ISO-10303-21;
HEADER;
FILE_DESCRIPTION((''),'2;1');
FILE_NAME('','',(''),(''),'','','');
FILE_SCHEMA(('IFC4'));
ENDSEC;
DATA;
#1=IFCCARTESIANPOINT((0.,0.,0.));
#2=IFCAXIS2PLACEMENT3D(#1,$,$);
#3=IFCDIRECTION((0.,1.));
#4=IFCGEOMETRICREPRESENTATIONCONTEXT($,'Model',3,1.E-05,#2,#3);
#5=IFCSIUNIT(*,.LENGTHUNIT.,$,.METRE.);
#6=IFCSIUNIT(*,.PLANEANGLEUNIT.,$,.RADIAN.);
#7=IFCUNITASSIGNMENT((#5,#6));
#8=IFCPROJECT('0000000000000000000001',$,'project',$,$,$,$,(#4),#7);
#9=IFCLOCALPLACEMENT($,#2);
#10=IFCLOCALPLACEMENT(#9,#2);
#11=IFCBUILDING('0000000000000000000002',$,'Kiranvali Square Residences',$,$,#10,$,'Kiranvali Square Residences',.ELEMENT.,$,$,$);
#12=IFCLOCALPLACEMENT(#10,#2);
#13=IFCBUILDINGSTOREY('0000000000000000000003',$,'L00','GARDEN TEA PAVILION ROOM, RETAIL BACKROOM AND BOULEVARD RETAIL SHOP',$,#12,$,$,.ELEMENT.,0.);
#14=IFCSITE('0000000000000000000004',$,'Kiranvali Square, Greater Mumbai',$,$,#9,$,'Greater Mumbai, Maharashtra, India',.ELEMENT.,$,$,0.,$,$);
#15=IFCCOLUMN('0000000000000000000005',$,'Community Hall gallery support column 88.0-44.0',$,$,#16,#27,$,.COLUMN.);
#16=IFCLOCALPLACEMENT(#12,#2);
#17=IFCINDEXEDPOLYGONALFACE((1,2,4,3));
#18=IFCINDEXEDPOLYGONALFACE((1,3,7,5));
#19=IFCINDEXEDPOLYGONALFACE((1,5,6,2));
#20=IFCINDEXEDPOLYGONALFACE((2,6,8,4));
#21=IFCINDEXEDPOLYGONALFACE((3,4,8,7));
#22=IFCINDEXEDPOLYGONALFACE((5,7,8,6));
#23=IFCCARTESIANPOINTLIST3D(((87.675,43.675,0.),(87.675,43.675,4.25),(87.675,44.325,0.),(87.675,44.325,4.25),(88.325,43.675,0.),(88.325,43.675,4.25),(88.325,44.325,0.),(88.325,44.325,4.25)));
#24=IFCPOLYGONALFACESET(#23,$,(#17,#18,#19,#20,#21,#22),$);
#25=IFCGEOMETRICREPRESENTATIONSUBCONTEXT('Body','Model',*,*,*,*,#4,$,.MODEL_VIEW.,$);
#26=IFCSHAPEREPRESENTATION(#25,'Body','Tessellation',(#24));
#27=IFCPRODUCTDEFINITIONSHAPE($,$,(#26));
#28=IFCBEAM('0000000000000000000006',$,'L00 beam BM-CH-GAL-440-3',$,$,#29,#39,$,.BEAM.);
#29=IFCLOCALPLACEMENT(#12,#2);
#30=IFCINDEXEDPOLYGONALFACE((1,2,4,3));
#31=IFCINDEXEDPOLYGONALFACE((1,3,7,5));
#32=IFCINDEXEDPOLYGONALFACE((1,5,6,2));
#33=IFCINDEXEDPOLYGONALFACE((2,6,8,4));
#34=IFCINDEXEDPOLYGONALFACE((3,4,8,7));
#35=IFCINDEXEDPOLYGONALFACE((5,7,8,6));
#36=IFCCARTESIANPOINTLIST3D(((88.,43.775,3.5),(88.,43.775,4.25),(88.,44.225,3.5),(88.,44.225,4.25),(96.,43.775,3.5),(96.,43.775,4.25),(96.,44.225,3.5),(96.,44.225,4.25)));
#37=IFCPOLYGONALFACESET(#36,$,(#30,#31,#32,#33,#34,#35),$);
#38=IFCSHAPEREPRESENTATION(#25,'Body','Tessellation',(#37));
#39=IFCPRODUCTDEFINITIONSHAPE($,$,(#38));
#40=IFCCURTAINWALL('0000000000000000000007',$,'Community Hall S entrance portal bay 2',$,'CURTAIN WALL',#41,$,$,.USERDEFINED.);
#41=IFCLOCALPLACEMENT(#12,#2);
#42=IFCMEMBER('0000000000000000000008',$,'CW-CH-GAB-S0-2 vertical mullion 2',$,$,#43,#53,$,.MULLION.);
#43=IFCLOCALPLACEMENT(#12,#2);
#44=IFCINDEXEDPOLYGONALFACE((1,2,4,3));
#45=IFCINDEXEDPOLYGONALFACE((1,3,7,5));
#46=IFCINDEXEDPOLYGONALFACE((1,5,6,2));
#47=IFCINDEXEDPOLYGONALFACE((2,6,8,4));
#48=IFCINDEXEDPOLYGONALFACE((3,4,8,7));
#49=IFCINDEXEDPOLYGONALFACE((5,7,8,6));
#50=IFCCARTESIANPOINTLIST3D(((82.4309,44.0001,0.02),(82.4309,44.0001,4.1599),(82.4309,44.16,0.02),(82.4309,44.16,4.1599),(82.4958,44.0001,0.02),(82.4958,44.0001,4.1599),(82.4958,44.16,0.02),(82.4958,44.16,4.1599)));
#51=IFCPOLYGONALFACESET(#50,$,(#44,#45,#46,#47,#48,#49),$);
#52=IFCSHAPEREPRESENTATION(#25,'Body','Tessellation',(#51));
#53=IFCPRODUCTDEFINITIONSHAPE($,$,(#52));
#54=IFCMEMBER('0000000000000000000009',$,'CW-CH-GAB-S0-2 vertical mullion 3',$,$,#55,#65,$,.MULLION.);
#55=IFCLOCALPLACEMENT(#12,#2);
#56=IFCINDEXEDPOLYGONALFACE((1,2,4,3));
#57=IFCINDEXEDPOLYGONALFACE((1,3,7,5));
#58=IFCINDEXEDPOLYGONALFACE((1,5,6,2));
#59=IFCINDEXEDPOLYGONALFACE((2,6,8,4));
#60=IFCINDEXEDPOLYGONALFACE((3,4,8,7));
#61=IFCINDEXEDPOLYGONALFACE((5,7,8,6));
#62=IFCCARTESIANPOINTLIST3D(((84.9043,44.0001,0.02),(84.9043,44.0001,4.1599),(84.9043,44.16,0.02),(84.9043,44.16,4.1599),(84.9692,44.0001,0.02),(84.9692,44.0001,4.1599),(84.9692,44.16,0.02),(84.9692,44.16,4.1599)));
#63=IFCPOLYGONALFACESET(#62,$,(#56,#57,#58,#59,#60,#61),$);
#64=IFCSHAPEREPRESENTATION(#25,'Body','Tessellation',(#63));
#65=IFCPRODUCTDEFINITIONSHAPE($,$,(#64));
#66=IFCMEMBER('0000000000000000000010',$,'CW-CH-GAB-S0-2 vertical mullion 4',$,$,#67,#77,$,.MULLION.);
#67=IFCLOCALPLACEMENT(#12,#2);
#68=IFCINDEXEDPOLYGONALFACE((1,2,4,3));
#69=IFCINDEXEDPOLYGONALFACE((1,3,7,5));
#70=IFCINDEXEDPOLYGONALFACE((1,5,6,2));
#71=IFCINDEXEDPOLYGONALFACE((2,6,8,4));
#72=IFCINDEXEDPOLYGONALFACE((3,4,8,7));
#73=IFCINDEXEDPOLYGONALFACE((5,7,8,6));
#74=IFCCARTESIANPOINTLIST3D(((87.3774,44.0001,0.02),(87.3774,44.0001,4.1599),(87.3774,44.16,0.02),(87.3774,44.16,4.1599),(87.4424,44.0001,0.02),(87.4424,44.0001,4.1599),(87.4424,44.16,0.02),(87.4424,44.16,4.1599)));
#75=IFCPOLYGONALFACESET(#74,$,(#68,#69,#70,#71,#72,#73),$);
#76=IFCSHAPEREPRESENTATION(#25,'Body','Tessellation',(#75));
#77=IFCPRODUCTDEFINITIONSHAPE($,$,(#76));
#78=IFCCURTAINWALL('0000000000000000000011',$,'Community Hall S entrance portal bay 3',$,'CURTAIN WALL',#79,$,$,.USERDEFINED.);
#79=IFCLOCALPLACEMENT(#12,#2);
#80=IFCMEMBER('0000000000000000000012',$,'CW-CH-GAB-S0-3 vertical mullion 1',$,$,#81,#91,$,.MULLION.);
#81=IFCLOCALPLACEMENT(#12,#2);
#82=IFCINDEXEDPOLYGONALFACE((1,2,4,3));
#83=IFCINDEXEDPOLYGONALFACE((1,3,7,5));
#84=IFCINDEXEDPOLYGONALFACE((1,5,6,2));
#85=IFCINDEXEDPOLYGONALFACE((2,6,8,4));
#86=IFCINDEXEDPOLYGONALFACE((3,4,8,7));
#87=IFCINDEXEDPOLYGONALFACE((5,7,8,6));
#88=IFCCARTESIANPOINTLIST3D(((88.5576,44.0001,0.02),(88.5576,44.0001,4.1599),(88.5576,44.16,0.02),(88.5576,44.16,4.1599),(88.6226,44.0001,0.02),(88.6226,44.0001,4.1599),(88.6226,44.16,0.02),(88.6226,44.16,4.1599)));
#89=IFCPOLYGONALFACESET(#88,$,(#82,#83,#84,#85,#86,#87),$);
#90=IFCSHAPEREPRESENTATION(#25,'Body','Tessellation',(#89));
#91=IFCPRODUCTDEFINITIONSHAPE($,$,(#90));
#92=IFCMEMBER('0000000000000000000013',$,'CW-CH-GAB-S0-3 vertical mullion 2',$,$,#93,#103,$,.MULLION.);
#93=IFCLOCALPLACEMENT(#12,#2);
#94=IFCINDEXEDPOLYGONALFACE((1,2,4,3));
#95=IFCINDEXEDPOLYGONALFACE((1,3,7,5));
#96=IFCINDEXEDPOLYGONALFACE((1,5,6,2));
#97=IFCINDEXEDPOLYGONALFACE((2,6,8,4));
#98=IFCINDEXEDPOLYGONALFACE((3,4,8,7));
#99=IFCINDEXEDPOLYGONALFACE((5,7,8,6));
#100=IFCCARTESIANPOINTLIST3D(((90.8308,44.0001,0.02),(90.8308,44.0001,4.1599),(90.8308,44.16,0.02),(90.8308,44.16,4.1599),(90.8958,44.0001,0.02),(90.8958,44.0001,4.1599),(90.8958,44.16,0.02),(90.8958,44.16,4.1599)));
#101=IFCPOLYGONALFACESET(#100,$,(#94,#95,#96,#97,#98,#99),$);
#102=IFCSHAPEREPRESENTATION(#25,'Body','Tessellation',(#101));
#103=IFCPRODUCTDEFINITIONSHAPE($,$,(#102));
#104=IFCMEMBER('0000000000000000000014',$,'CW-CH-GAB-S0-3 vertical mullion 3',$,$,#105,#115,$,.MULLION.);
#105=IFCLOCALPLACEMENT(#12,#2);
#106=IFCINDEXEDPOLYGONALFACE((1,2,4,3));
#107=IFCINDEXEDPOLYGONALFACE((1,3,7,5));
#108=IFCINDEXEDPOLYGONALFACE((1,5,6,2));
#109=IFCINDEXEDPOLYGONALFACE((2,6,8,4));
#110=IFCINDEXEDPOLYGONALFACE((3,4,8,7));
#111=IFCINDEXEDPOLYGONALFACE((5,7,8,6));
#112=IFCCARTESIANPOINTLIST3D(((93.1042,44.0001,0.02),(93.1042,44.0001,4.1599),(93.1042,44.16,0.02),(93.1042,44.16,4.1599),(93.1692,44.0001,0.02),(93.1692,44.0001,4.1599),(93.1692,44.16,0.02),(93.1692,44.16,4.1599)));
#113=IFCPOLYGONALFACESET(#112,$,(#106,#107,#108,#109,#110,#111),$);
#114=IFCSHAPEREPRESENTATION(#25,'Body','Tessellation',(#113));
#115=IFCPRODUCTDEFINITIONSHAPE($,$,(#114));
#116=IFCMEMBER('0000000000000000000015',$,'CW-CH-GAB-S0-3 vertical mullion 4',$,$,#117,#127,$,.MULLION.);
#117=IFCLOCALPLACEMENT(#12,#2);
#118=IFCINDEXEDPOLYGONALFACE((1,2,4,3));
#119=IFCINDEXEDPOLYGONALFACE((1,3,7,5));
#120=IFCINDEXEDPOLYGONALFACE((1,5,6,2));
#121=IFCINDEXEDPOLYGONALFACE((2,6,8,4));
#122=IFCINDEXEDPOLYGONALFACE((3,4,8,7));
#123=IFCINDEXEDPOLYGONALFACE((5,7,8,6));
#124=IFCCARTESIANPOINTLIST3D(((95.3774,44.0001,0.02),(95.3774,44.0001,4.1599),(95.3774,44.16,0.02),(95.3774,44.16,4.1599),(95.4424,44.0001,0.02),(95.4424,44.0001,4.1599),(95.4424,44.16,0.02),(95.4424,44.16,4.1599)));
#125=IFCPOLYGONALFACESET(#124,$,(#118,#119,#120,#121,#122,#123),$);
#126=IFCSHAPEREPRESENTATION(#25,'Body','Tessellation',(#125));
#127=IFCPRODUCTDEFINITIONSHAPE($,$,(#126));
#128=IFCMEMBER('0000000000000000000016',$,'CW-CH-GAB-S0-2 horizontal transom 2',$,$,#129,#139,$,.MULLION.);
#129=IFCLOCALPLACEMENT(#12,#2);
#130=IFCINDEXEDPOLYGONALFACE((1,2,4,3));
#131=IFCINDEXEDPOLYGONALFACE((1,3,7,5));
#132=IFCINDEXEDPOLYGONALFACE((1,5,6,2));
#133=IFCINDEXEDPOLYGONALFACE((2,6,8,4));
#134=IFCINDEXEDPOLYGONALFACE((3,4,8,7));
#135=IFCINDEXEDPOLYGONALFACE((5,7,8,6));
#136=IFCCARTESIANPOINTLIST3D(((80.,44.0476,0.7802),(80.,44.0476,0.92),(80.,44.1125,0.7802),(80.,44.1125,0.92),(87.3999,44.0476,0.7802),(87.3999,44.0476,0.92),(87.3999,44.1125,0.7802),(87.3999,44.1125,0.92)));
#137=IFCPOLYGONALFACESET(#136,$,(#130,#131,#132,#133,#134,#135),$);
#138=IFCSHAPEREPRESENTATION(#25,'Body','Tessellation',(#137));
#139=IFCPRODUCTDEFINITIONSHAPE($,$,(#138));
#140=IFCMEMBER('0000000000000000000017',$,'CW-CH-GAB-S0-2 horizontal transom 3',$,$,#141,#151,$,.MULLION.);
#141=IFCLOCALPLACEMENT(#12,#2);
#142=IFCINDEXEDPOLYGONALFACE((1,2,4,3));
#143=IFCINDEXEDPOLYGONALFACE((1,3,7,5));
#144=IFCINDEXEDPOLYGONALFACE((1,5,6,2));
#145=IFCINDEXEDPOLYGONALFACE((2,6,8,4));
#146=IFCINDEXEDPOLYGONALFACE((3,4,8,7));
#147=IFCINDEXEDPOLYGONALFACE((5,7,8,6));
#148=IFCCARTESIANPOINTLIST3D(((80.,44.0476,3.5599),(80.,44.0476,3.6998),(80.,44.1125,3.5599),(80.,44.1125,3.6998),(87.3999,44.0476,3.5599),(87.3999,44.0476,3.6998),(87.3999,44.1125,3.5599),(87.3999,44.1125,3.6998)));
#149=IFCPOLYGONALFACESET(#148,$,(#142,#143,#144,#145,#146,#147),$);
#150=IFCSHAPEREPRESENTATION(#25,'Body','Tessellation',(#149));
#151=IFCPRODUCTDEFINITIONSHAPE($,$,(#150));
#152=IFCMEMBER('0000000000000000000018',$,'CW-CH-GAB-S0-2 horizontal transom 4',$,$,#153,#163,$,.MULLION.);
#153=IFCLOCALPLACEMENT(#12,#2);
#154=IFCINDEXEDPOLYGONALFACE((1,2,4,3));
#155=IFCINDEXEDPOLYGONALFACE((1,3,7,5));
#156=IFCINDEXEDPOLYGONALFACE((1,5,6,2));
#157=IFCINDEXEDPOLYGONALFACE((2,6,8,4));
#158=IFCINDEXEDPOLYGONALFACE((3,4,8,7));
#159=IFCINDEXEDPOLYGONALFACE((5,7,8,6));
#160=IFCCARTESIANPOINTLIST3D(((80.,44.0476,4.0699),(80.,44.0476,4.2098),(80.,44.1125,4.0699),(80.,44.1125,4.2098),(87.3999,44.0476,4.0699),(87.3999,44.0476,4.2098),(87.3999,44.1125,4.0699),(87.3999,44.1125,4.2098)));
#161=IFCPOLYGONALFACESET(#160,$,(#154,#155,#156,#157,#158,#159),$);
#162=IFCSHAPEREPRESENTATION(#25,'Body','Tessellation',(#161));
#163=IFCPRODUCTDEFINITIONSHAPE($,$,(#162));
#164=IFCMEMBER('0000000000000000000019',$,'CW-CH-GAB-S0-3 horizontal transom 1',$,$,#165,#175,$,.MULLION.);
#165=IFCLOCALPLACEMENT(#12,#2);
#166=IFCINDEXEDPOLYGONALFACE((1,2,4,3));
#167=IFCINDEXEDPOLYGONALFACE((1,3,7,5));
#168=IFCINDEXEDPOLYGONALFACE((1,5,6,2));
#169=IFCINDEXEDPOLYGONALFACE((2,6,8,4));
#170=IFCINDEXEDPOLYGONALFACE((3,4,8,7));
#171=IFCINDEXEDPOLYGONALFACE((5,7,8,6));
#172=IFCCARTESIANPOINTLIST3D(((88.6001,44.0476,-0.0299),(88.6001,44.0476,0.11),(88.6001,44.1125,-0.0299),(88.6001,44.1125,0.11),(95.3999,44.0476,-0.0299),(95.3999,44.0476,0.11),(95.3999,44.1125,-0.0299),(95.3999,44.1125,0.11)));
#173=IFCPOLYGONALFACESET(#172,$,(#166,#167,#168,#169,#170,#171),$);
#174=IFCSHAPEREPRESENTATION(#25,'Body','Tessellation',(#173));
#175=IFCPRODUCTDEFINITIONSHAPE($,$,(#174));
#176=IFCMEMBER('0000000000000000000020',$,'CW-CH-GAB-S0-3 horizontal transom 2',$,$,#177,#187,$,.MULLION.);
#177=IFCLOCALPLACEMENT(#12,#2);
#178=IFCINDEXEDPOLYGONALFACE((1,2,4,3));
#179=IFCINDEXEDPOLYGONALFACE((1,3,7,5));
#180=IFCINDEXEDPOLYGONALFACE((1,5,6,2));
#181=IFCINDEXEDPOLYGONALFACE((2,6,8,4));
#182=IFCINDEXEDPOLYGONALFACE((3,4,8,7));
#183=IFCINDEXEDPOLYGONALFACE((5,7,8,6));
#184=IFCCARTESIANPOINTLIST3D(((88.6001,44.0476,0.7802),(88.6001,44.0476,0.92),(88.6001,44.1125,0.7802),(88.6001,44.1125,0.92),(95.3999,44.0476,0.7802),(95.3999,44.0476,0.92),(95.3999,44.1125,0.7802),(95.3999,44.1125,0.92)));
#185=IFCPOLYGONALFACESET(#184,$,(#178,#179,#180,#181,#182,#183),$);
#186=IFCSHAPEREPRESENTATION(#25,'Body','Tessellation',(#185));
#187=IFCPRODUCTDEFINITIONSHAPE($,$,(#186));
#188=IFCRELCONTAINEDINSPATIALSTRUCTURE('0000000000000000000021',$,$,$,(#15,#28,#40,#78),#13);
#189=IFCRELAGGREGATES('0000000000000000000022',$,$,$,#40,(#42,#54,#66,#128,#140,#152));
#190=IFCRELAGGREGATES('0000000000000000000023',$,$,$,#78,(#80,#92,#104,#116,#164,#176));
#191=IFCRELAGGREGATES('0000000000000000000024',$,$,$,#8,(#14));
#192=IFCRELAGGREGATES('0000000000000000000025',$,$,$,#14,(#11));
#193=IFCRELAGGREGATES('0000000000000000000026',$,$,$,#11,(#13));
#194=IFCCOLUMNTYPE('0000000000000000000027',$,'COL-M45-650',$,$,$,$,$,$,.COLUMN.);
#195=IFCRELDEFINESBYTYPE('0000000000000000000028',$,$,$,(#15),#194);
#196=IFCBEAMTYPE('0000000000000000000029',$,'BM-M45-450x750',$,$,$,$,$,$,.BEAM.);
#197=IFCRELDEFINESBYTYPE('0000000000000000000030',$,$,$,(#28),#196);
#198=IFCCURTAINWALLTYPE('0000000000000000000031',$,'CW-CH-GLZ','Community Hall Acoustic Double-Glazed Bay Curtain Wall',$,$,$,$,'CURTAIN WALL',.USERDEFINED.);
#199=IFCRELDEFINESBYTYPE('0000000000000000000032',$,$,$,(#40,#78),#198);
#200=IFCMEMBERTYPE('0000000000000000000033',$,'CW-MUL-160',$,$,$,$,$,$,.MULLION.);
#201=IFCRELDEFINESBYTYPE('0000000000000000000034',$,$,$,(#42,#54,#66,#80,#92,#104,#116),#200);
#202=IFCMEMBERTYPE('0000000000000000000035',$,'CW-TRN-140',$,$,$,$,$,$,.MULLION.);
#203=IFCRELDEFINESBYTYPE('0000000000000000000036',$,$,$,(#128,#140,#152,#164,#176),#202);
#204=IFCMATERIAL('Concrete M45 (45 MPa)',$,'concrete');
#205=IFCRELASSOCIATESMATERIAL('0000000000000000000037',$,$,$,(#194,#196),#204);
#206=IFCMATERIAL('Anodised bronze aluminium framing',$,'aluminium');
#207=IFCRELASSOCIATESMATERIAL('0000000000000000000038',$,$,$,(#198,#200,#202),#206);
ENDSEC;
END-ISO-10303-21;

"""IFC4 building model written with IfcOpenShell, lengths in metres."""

from ifc_helpers import new_model, si_unit, direction, frame, origin, origin_2d, place, context, subcontext, project, spatial, rectangle, extrude, material, material_profile, profile_set, type_object, element, aggregate, save


model = new_model("IFC4")

# Units and contexts
model_context = context("Model", 3, precision=1e-05, world=origin(), true_north=direction((0.0, 1.0)))
body_context = subcontext(model_context, "Body", "Model", "MODEL_VIEW")
ifc_project = project(units=[si_unit("LENGTHUNIT", "METRE"), si_unit("PLANEANGLEUNIT", "RADIAN")], contexts=[model_context])

# Site, building, storey
site_placement = place(None, origin())
site = spatial("IfcSite", under=ifc_project, at=site_placement, Name="Kiranvali Square, Greater Mumbai", LongName="Greater Mumbai, Maharashtra, India", CompositionType="ELEMENT", RefElevation=0.0)
building_placement = place(site_placement, origin())
building = spatial("IfcBuilding", under=site, at=building_placement, Name="Kiranvali Square Residences", LongName="Kiranvali Square Residences", CompositionType="ELEMENT")
storey_placement = place(building_placement, origin())
storey = spatial("IfcBuildingStorey", under=building, at=storey_placement, Name="L00", Description="GARDEN TEA PAVILION ROOM, RETAIL BACKROOM AND BOULEVARD RETAIL SHOP", CompositionType="ELEMENT", Elevation=0.0)

# Column
ifc_material_1 = material(Name="Concrete M45 (45 MPa)", Category="concrete")
ifc_material_profile_1 = material_profile(ifc_material_1, rectangle(XDim=0.6499, YDim=0.6499, at=origin_2d()), Name="RC 650x650")
ifc_profile_set_1 = profile_set([ifc_material_profile_1], Name="Concrete M45 (45 MPa)")
column_type = type_object("IfcColumnType", Name="COL-M45-650", PredefinedType="COLUMN", material=ifc_profile_set_1)
column_placement = place(storey_placement, frame((88.0, 44.0, 0.0), z_axis=(0.0, 0.0, 1.0), x_axis=(1.0, 0.0, 0.0)))
element("IfcColumn", 1, at=column_placement, inside=storey, type_object=column_type, Name="Community Hall gallery support column 88.0-44.0", PredefinedType="COLUMN", context=body_context, shape_type="SweptSolid", body=[
    extrude(rectangle(XDim=0.6499, YDim=0.6499, at=origin_2d()), origin(), (0.0, 0.0, 1.0), 4.25),
])

# Beam
ifc_material_profile_2 = material_profile(ifc_material_1, rectangle(XDim=0.45, YDim=0.75, at=origin_2d()), Name="RC 450x750")
ifc_profile_set_2 = profile_set([ifc_material_profile_2], Name="Concrete M45 (45 MPa)")
beam_type = type_object("IfcBeamType", Name="BM-M45-450x750", PredefinedType="BEAM", material=ifc_profile_set_2)
beam_placement = place(storey_placement, frame((88.0, 44.0, 3.875), z_axis=(1.0, 0.0, 0.0), x_axis=(0.0, 1.0, 0.0)))
element("IfcBeam", 2, at=beam_placement, inside=storey, type_object=beam_type, Name="L00 beam BM-CH-GAL-440-3", PredefinedType="BEAM", context=body_context, shape_type="SweptSolid", body=[
    extrude(rectangle(XDim=0.45, YDim=0.75, at=origin_2d()), origin(), (0.0, 0.0, 1.0), 8.0),
])

# Curtain walls, members
ifc_material_2 = material(Name="Anodised bronze aluminium framing", Category="aluminium")
curtain_wall_type = type_object("IfcCurtainWallType", Name="CW-CH-GLZ", Description="Community Hall Acoustic Double-Glazed Bay Curtain Wall", ElementType="CURTAIN WALL", PredefinedType="USERDEFINED", material=ifc_material_2)
curtain_wall_1_placement = place(storey_placement, origin())
curtain_wall_1 = element("IfcCurtainWall", 3, at=curtain_wall_1_placement, inside=storey, type_object=curtain_wall_type, Name="Community Hall S entrance portal bay 2", ObjectType="CURTAIN WALL", PredefinedType="USERDEFINED")
ifc_material_profile_3 = material_profile(ifc_material_2, rectangle(XDim=0.0649, YDim=0.1599, at=origin_2d()), Name="ALU 65x160")
ifc_profile_set_3 = profile_set([ifc_material_profile_3], Name="Anodised bronze aluminium framing")
member_type_1 = type_object("IfcMemberType", Name="CW-MUL-160", PredefinedType="MULLION", material=ifc_profile_set_3)
member_1_placement = place(storey_placement, frame((82.4634, 44.0801, 0.02), z_axis=(0.0, 0.0, 1.0), x_axis=(1.0, 0.0, 0.0)))
member_1 = element("IfcMember", 4, at=member_1_placement, type_object=member_type_1, Name="CW-CH-GAB-S0-2 vertical mullion 2", PredefinedType="MULLION", context=body_context, shape_type="SweptSolid", body=[
    extrude(rectangle(XDim=0.0649, YDim=0.1599, at=origin_2d()), origin(), (0.0, 0.0, 1.0), 4.1399),
])
member_2_placement = place(storey_placement, frame((84.9368, 44.0801, 0.02), z_axis=(0.0, 0.0, 1.0), x_axis=(1.0, 0.0, 0.0)))
member_2 = element("IfcMember", 5, at=member_2_placement, type_object=member_type_1, Name="CW-CH-GAB-S0-2 vertical mullion 3", PredefinedType="MULLION", context=body_context, shape_type="SweptSolid", body=[
    extrude(rectangle(XDim=0.0649, YDim=0.1599, at=origin_2d()), origin(), (0.0, 0.0, 1.0), 4.1399),
])
member_3_placement = place(storey_placement, frame((87.4099, 44.0801, 0.02), z_axis=(0.0, 0.0, 1.0), x_axis=(1.0, 0.0, 0.0)))
member_3 = element("IfcMember", 6, at=member_3_placement, type_object=member_type_1, Name="CW-CH-GAB-S0-2 vertical mullion 4", PredefinedType="MULLION", context=body_context, shape_type="SweptSolid", body=[
    extrude(rectangle(XDim=0.0649, YDim=0.1599, at=origin_2d()), origin(), (0.0, 0.0, 1.0), 4.1399),
])
curtain_wall_2_placement = place(storey_placement, origin())
curtain_wall_2 = element("IfcCurtainWall", 7, at=curtain_wall_2_placement, inside=storey, type_object=curtain_wall_type, Name="Community Hall S entrance portal bay 3", ObjectType="CURTAIN WALL", PredefinedType="USERDEFINED")
member_4_placement = place(storey_placement, frame((88.5901, 44.0801, 0.02), z_axis=(0.0, 0.0, 1.0), x_axis=(1.0, 0.0, 0.0)))
member_4 = element("IfcMember", 8, at=member_4_placement, type_object=member_type_1, Name="CW-CH-GAB-S0-3 vertical mullion 1", PredefinedType="MULLION", context=body_context, shape_type="SweptSolid", body=[
    extrude(rectangle(XDim=0.0649, YDim=0.1599, at=origin_2d()), origin(), (0.0, 0.0, 1.0), 4.1399),
])
member_5_placement = place(storey_placement, frame((90.8633, 44.0801, 0.02), z_axis=(0.0, 0.0, 1.0), x_axis=(1.0, 0.0, 0.0)))
member_5 = element("IfcMember", 9, at=member_5_placement, type_object=member_type_1, Name="CW-CH-GAB-S0-3 vertical mullion 2", PredefinedType="MULLION", context=body_context, shape_type="SweptSolid", body=[
    extrude(rectangle(XDim=0.0649, YDim=0.1599, at=origin_2d()), origin(), (0.0, 0.0, 1.0), 4.1399),
])
member_6_placement = place(storey_placement, frame((93.1367, 44.0801, 0.02), z_axis=(0.0, 0.0, 1.0), x_axis=(1.0, 0.0, 0.0)))
member_6 = element("IfcMember", 10, at=member_6_placement, type_object=member_type_1, Name="CW-CH-GAB-S0-3 vertical mullion 3", PredefinedType="MULLION", context=body_context, shape_type="SweptSolid", body=[
    extrude(rectangle(XDim=0.0649, YDim=0.1599, at=origin_2d()), origin(), (0.0, 0.0, 1.0), 4.1399),
])
member_7_placement = place(storey_placement, frame((95.4099, 44.0801, 0.02), z_axis=(0.0, 0.0, 1.0), x_axis=(1.0, 0.0, 0.0)))
member_7 = element("IfcMember", 11, at=member_7_placement, type_object=member_type_1, Name="CW-CH-GAB-S0-3 vertical mullion 4", PredefinedType="MULLION", context=body_context, shape_type="SweptSolid", body=[
    extrude(rectangle(XDim=0.0649, YDim=0.1599, at=origin_2d()), origin(), (0.0, 0.0, 1.0), 4.1399),
])

# Members
ifc_material_profile_4 = material_profile(ifc_material_2, rectangle(XDim=0.0649, YDim=0.1399, at=origin_2d()), Name="ALU 65x140")
ifc_profile_set_4 = profile_set([ifc_material_profile_4], Name="Anodised bronze aluminium framing")
member_type_2 = type_object("IfcMemberType", Name="CW-TRN-140", PredefinedType="MULLION", material=ifc_profile_set_4)
member_8_placement = place(storey_placement, frame((80.0, 44.0801, 0.8501), z_axis=(1.0, 0.0, 0.0), x_axis=(0.0, 1.0, 0.0)))
member_8 = element("IfcMember", 12, at=member_8_placement, type_object=member_type_2, Name="CW-CH-GAB-S0-2 horizontal transom 2", PredefinedType="MULLION", context=body_context, shape_type="SweptSolid", body=[
    extrude(rectangle(XDim=0.0649, YDim=0.1399, at=origin_2d()), origin(), (0.0, 0.0, 1.0), 7.3999),
])
member_9_placement = place(storey_placement, frame((80.0, 44.0801, 3.6299), z_axis=(1.0, 0.0, 0.0), x_axis=(0.0, 1.0, 0.0)))
member_9 = element("IfcMember", 13, at=member_9_placement, type_object=member_type_2, Name="CW-CH-GAB-S0-2 horizontal transom 3", PredefinedType="MULLION", context=body_context, shape_type="SweptSolid", body=[
    extrude(rectangle(XDim=0.0649, YDim=0.1399, at=origin_2d()), origin(), (0.0, 0.0, 1.0), 7.3999),
])
member_10_placement = place(storey_placement, frame((80.0, 44.0801, 4.1399), z_axis=(1.0, 0.0, 0.0), x_axis=(0.0, 1.0, 0.0)))
member_10 = element("IfcMember", 14, at=member_10_placement, type_object=member_type_2, Name="CW-CH-GAB-S0-2 horizontal transom 4", PredefinedType="MULLION", context=body_context, shape_type="SweptSolid", body=[
    extrude(rectangle(XDim=0.0649, YDim=0.1399, at=origin_2d()), origin(), (0.0, 0.0, 1.0), 7.3999),
])
member_11_placement = place(storey_placement, frame((88.6001, 44.0801, 0.04), z_axis=(1.0, 0.0, 0.0), x_axis=(0.0, 1.0, 0.0)))
member_11 = element("IfcMember", 15, at=member_11_placement, type_object=member_type_2, Name="CW-CH-GAB-S0-3 horizontal transom 1", PredefinedType="MULLION", context=body_context, shape_type="SweptSolid", body=[
    extrude(rectangle(XDim=0.0649, YDim=0.1399, at=origin_2d()), origin(), (0.0, 0.0, 1.0), 6.7998),
])
member_12_placement = place(storey_placement, frame((88.6001, 44.0801, 0.8501), z_axis=(1.0, 0.0, 0.0), x_axis=(0.0, 1.0, 0.0)))
member_12 = element("IfcMember", 16, at=member_12_placement, type_object=member_type_2, Name="CW-CH-GAB-S0-3 horizontal transom 2", PredefinedType="MULLION", context=body_context, shape_type="SweptSolid", body=[
    extrude(rectangle(XDim=0.0649, YDim=0.1399, at=origin_2d()), origin(), (0.0, 0.0, 1.0), 6.7998),
])

aggregate(curtain_wall_1, [member_1, member_2, member_3, member_8, member_9, member_10])
aggregate(curtain_wall_2, [member_4, member_5, member_6, member_7, member_11, member_12])

save(model, "model.ifc")
